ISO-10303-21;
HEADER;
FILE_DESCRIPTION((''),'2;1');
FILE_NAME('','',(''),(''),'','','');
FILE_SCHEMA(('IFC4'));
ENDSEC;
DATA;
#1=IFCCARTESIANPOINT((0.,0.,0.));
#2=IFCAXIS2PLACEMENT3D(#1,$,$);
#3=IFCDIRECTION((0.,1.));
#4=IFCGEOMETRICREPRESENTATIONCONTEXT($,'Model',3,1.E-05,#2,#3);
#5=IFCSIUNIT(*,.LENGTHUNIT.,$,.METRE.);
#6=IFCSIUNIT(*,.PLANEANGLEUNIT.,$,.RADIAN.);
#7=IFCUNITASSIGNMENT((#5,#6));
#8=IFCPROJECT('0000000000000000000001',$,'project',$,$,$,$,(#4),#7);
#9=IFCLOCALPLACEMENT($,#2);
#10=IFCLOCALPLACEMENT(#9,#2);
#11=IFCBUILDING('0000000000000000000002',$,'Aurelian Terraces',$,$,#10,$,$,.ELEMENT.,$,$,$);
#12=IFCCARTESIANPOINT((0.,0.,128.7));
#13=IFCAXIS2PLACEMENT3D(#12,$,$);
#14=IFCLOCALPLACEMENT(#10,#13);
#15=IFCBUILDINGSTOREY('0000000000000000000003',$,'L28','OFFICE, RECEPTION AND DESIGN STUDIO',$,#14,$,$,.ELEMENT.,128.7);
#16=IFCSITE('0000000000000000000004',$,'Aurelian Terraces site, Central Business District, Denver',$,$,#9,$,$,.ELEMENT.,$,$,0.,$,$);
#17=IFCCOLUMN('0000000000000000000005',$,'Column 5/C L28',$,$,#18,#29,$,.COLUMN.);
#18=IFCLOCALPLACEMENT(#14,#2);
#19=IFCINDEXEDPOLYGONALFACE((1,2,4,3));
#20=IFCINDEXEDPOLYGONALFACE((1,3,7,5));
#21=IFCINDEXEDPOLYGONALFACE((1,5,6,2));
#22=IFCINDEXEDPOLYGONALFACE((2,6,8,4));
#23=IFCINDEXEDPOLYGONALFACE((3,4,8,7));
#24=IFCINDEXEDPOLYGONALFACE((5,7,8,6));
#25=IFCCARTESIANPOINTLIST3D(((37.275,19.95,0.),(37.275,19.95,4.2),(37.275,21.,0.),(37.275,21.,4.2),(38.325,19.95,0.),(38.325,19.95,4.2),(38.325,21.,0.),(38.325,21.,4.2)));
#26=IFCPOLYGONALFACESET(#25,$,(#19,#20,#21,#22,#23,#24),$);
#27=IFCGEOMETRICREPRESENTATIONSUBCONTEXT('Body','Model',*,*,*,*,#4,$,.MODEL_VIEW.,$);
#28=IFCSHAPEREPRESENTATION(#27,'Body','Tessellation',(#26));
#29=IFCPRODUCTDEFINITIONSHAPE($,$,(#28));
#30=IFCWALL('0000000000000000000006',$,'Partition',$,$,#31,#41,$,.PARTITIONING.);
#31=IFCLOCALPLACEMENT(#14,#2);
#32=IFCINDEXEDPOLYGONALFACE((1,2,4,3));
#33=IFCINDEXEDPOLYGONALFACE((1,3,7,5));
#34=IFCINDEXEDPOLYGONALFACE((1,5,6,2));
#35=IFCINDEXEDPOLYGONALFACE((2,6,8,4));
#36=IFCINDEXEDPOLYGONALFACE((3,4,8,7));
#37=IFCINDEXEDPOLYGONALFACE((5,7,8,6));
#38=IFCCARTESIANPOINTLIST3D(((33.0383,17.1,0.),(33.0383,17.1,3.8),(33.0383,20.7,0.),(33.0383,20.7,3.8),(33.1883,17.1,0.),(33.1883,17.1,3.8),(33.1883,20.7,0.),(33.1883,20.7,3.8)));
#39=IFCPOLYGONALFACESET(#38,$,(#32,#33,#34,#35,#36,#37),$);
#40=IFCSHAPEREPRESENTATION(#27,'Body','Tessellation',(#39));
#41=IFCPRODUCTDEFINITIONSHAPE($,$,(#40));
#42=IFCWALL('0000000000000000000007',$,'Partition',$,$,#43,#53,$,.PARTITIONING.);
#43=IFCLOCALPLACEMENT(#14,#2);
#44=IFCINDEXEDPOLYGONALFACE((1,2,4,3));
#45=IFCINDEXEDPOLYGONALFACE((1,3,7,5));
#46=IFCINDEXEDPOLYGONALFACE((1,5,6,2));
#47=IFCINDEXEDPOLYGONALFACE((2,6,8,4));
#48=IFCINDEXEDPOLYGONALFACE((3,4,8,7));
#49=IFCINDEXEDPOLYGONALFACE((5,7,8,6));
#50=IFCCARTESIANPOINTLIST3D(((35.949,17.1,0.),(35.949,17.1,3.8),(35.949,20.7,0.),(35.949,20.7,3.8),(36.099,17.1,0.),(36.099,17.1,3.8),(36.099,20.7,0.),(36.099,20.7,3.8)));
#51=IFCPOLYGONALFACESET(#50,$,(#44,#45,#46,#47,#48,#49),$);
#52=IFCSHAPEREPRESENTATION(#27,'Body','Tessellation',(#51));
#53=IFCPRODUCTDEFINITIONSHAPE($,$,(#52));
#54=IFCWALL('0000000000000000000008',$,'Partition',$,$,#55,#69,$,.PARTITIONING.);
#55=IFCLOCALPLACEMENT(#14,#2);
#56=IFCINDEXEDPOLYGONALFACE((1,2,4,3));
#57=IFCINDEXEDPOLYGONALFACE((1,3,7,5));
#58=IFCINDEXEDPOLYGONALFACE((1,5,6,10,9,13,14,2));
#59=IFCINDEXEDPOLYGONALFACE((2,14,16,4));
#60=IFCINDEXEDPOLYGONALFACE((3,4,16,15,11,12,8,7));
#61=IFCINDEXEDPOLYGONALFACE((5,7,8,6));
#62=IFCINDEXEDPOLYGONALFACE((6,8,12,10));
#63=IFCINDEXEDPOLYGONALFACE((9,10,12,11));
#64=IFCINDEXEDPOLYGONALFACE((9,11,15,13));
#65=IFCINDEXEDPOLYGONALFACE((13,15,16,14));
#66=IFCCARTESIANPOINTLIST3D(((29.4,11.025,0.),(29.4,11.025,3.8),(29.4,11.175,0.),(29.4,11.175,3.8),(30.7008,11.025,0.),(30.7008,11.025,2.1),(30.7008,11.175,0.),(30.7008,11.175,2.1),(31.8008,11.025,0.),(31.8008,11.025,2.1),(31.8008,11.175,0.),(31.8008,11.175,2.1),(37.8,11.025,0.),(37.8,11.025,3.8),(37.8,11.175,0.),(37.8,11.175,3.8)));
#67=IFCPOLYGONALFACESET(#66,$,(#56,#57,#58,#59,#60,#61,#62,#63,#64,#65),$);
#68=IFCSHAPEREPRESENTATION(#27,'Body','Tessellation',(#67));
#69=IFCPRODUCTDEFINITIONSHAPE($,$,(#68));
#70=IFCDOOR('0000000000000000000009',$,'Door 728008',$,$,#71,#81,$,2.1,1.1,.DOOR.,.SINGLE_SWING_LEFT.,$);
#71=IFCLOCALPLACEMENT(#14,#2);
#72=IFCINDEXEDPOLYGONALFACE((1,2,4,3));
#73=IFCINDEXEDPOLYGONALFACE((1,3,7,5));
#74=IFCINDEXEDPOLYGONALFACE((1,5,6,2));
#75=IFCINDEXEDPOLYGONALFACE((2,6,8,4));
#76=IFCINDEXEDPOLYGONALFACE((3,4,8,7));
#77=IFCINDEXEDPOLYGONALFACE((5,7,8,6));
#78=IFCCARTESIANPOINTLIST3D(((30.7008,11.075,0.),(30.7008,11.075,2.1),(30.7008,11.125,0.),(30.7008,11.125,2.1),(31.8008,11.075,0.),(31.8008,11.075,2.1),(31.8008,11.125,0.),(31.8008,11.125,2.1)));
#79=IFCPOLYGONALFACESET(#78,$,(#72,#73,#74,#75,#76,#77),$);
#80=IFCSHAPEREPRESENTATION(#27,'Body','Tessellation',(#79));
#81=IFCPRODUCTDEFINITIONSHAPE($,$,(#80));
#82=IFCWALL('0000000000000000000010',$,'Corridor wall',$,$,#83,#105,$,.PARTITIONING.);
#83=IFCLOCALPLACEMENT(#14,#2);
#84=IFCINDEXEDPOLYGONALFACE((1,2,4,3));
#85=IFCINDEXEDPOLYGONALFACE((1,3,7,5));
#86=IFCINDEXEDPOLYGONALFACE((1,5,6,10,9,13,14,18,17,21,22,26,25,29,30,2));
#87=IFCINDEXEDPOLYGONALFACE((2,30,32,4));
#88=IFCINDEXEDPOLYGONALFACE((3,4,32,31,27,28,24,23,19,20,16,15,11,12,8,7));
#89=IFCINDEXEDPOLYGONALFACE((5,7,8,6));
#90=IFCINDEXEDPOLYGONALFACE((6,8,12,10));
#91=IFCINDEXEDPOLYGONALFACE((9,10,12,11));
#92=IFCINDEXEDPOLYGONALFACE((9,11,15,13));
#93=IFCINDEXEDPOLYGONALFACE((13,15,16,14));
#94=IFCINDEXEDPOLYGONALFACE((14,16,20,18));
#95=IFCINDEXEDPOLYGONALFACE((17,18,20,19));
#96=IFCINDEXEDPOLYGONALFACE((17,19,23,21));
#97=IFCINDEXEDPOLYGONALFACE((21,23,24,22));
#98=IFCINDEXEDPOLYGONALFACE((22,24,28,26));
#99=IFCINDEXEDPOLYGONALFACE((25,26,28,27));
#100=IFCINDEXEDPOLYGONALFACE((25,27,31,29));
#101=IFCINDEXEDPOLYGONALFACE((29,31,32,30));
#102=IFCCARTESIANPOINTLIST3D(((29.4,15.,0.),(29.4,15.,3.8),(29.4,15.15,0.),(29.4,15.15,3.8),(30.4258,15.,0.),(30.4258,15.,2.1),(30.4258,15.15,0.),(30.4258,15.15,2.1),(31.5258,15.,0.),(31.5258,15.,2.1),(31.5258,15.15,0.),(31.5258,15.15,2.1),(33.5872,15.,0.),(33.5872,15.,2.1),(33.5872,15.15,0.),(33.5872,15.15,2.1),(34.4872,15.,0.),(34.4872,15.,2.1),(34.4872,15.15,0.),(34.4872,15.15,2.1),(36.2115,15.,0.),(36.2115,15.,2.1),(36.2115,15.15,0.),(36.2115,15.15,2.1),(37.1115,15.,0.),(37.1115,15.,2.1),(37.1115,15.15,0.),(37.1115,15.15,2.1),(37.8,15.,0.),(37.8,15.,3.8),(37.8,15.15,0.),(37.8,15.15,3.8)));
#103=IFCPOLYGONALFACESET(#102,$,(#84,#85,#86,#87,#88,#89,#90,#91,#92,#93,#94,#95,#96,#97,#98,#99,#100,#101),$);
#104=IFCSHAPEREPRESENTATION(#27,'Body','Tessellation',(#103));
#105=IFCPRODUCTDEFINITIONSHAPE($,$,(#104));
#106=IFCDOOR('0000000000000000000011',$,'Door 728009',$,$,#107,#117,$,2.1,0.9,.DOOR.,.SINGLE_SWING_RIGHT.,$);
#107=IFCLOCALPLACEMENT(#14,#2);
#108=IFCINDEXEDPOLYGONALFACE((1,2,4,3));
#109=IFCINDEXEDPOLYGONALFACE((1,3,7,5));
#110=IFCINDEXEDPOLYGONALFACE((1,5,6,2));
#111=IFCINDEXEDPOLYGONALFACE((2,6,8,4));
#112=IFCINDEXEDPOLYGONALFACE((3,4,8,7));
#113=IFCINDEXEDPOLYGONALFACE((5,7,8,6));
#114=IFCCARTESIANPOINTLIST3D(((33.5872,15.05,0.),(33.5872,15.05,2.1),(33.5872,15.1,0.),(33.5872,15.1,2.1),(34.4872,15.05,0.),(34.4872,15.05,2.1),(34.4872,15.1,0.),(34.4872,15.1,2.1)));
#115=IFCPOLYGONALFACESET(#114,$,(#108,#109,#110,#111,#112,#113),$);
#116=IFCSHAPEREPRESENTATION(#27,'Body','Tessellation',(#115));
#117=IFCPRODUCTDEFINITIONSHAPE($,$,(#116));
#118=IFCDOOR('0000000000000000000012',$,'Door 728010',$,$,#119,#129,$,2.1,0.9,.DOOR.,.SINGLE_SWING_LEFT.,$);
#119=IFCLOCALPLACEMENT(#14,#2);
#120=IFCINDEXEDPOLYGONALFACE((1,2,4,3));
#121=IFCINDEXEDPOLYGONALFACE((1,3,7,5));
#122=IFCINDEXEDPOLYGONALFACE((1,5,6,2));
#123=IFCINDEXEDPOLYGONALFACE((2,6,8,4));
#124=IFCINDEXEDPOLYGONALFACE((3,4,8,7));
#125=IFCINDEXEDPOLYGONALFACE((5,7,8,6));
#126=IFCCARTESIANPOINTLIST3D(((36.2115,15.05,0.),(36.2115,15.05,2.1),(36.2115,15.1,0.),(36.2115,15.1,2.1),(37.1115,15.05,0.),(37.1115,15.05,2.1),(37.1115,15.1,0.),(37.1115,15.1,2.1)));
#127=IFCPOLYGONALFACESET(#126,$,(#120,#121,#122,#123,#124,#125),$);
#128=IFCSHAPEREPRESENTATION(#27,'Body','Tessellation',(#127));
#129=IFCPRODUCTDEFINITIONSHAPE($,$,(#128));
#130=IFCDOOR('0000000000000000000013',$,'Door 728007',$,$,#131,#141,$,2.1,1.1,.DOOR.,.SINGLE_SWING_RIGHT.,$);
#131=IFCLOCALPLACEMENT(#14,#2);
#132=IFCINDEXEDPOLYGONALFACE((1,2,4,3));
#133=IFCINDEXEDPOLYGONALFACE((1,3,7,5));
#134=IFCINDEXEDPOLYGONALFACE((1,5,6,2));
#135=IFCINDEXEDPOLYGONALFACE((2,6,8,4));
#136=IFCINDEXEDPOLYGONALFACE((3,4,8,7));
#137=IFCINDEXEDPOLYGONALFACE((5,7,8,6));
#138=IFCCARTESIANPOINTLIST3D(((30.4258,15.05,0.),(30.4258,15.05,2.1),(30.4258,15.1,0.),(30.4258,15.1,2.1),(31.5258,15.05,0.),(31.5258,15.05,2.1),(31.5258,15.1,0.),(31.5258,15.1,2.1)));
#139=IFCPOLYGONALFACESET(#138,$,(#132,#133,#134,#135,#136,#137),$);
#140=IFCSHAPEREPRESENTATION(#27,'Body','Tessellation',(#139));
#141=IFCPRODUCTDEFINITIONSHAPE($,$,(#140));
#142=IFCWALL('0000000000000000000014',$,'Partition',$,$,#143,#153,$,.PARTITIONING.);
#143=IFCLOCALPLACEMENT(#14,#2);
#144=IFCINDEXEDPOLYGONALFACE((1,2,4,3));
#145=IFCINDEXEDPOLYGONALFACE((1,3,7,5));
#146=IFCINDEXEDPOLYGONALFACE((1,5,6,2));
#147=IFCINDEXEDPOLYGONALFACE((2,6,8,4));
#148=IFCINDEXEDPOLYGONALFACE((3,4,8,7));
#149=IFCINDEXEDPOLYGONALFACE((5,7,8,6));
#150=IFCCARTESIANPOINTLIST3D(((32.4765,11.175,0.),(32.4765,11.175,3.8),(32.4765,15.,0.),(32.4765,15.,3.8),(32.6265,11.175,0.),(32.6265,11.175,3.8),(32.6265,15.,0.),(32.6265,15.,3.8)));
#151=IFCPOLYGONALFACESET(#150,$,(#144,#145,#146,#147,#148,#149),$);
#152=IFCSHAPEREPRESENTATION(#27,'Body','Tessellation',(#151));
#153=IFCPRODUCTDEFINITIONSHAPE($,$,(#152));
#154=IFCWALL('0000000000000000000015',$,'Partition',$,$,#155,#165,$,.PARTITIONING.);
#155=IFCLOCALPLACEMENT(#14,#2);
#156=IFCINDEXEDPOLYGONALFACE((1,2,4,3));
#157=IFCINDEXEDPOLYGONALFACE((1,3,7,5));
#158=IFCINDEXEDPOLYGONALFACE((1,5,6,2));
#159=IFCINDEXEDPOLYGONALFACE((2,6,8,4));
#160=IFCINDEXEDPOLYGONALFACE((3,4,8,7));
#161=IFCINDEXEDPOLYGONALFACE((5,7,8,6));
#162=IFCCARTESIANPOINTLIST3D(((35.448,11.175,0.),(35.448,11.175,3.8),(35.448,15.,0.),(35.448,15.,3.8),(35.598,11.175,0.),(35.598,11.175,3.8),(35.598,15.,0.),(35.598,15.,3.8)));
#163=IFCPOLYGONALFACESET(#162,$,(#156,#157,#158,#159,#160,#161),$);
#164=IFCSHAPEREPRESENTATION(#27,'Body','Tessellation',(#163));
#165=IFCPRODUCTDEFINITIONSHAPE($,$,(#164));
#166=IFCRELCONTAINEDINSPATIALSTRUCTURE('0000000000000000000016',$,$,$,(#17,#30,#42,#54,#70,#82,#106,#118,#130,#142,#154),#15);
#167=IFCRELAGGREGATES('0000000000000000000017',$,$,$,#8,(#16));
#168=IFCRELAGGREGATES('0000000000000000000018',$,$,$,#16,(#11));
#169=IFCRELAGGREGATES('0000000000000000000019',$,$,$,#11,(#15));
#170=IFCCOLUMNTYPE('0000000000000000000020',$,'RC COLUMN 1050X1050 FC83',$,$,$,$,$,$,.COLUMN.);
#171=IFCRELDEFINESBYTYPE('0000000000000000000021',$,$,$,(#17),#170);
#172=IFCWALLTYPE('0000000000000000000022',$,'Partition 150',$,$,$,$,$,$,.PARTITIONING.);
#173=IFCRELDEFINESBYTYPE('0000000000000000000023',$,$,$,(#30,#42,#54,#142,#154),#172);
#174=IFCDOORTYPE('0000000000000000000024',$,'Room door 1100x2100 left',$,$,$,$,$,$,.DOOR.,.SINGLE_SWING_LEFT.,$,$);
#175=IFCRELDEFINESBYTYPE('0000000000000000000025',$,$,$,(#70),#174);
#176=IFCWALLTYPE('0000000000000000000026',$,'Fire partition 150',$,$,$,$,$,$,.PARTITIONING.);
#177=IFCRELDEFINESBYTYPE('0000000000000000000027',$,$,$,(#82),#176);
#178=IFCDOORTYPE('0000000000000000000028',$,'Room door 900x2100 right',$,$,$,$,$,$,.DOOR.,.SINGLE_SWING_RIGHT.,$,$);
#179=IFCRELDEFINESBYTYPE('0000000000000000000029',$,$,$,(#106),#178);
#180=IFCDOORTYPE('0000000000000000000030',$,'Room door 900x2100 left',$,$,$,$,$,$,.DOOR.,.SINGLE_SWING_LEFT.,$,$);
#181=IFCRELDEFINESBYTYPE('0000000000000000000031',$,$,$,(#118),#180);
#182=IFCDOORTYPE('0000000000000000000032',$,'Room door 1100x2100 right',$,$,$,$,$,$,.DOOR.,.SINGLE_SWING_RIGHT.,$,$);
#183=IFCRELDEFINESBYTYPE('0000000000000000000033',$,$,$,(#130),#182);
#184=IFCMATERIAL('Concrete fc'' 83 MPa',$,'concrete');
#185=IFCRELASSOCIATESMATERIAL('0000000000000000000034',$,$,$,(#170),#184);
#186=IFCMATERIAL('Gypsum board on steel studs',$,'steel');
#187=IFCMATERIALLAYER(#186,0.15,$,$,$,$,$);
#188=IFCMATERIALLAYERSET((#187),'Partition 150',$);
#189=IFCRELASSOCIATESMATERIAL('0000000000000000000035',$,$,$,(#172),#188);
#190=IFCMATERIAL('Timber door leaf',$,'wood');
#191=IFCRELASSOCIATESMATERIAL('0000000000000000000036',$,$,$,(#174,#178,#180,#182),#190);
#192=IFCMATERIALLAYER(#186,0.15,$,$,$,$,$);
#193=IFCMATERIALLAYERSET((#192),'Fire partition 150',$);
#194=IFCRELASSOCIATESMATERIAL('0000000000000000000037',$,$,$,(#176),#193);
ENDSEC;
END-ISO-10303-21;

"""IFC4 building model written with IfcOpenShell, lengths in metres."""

from ifc_helpers import new_model, si_unit, direction, frame, frame_2d, origin, origin_2d, place, context, subcontext, project, spatial, rectangle, extrude, source, transform, mapped, material, layer, layer_set, material_profile, profile_set, type_object, element, fill, save


model = new_model("IFC4")

# Units and contexts
model_context = context("Model", 3, precision=1e-05, world=origin(), true_north=direction((0.0, 1.0)))
body_context = subcontext(model_context, "Body", "Model", "MODEL_VIEW")
ifc_project = project(units=[si_unit("LENGTHUNIT", "METRE"), si_unit("PLANEANGLEUNIT", "RADIAN")], contexts=[model_context])

# Site, building, storey
site_placement = place(None, origin())
site = spatial("IfcSite", under=ifc_project, at=site_placement, Name="Aurelian Terraces site, Central Business District, Denver", CompositionType="ELEMENT", RefElevation=0.0)
building_placement = place(site_placement, origin())
building = spatial("IfcBuilding", under=site, at=building_placement, Name="Aurelian Terraces", CompositionType="ELEMENT")
storey_placement = place(building_placement, frame((0.0, 0.0, 128.7)))
storey = spatial("IfcBuildingStorey", under=building, at=storey_placement, Name="L28", Description="OFFICE, RECEPTION AND DESIGN STUDIO", CompositionType="ELEMENT", Elevation=128.7)

# Column
ifc_material_1 = material(Name="Concrete fc' 83 MPa", Category="concrete")
ifc_material_profile = material_profile(ifc_material_1, rectangle(XDim=1.05, YDim=1.05, at=origin_2d()))
ifc_profile_set = profile_set([ifc_material_profile], Name="Concrete fc' 83 MPa")
column_type = type_object("IfcColumnType", Name="RC COLUMN 1050X1050 FC83", PredefinedType="COLUMN", material=ifc_profile_set)
shared_shape_1 = source(origin(), body_context, "Body", "SweptSolid", [
    extrude(rectangle(XDim=1.05, YDim=1.05, at=origin_2d()), origin(), (0.0, 0.0, 1.0), 4.2),
])
column_placement = place(storey_placement, frame((37.8, 20.475, 0.0), z_axis=(0.0, 0.0, 1.0), x_axis=(1.0, 0.0, 0.0)))
element("IfcColumn", 1, at=column_placement, inside=storey, type_object=column_type, Name="Column 5/C L28", PredefinedType="COLUMN", context=body_context, shape_type="MappedRepresentation", body=[
    mapped(shared_shape_1, transform((0.0, 0.0, 0.0), scale=1.0)),
])

# Walls
ifc_material_2 = material(Name="Gypsum board on steel studs", Category="steel")
ifc_layer_1 = layer(ifc_material_2, 0.15)
ifc_layer_set_1 = layer_set([ifc_layer_1], Name="Partition 150")
wall_type_1 = type_object("IfcWallType", Name="Partition 150", PredefinedType="PARTITIONING", material=ifc_layer_set_1)
shared_shape_2 = source(origin(), body_context, "Body", "SweptSolid", [
    extrude(rectangle(XDim=3.6, YDim=0.15, at=frame_2d((1.8, 0.0))), origin(), (0.0, 0.0, 1.0), 3.8),
])
for number, where, z_axis, x_axis, name in (
    (2, (33.1133, 20.7, 0.0), (0.0, 0.0, 1.0), (0.0, -1.0, 0.0), "Partition"),
    (3, (36.024, 20.7, 0.0), (0.0, 0.0, 1.0), (0.0, -1.0, 0.0), "Partition"),
):
    element("IfcWall", number, at=place(storey_placement, frame(where, z_axis=z_axis, x_axis=x_axis)), inside=storey, type_object=wall_type_1, Name=name, PredefinedType="PARTITIONING", context=body_context, shape_type="MappedRepresentation", body=[
        mapped(shared_shape_2, transform((0.0, 0.0, 0.0), scale=1.0)),
    ])

# Wall, opening, door
shared_shape_3 = source(origin(), body_context, "Body", "SweptSolid", [
    extrude(rectangle(XDim=8.4, YDim=0.15, at=frame_2d((4.2, 0.0))), origin(), (0.0, 0.0, 1.0), 3.8),
])
wall_1_placement = place(storey_placement, frame((37.8, 11.1, 0.0), z_axis=(0.0, 0.0, 1.0), x_axis=(-1.0, 0.0, 0.0)))
wall_1 = element("IfcWall", 4, at=wall_1_placement, inside=storey, type_object=wall_type_1, Name="Partition", PredefinedType="PARTITIONING", context=body_context, shape_type="MappedRepresentation", body=[
    mapped(shared_shape_3, transform((0.0, 0.0, 0.0), scale=1.0)),
])
shared_shape_4 = source(origin(), body_context, "Body", "SweptSolid", [
    extrude(rectangle(XDim=1.1, YDim=2.1, at=frame_2d((0.55, 1.05))), frame((0.0, 0.085, 0.0), z_axis=(0.0, -1.0, 0.0), x_axis=(1.0, 0.0, 0.0)), (0.0, 0.0, 1.0), 0.17),
])
opening_1_placement = place(wall_1_placement, frame((5.9992, 0.0, 0.0)))
opening_1 = element("IfcOpeningElement", 5, at=opening_1_placement, cuts=wall_1, PredefinedType="OPENING", context=body_context, shape_type="MappedRepresentation", body=[
    mapped(shared_shape_4, transform((0.0, 0.0, 0.0), scale=1.0)),
])
ifc_material_3 = material(Name="Timber door leaf", Category="wood")
door_type_1 = type_object("IfcDoorType", Name="Room door 1100x2100 left", OperationType="SINGLE_SWING_LEFT", PredefinedType="DOOR", material=ifc_material_3)
shared_shape_5 = source(origin(), body_context, "Body", "SweptSolid", [
    extrude(rectangle(XDim=1.1, YDim=2.1, at=frame_2d((0.55, 1.05))), frame((0.0, 0.025, 0.0), z_axis=(0.0, -1.0, 0.0), x_axis=(1.0, 0.0, 0.0)), (0.0, 0.0, 1.0), 0.05),
])
door_1_placement = place(opening_1_placement, origin())
door_1 = element("IfcDoor", 6, at=door_1_placement, inside=storey, type_object=door_type_1, Name="Door 728008", OperationType="SINGLE_SWING_LEFT", OverallHeight=2.1, OverallWidth=1.1, PredefinedType="DOOR", context=body_context, shape_type="MappedRepresentation", body=[
    mapped(shared_shape_5, transform((0.0, 0.0, 0.0), scale=1.0)),
])
fill(opening_1, door_1)

# Wall, openings, doors
ifc_layer_2 = layer(ifc_material_2, 0.15)
ifc_layer_set_2 = layer_set([ifc_layer_2], Name="Fire partition 150")
wall_type_2 = type_object("IfcWallType", Name="Fire partition 150", PredefinedType="PARTITIONING", material=ifc_layer_set_2)
wall_2_placement = place(storey_placement, frame((37.8, 15.075, 0.0), z_axis=(0.0, 0.0, 1.0), x_axis=(-1.0, 0.0, 0.0)))
wall_2 = element("IfcWall", 7, at=wall_2_placement, inside=storey, type_object=wall_type_2, Name="Corridor wall", PredefinedType="PARTITIONING", context=body_context, shape_type="MappedRepresentation", body=[
    mapped(shared_shape_3, transform((0.0, 0.0, 0.0), scale=1.0)),
])
opening_2_placement = place(wall_2_placement, frame((6.2742, 0.0, 0.0)))
opening_2 = element("IfcOpeningElement", 8, at=opening_2_placement, cuts=wall_2, PredefinedType="OPENING", context=body_context, shape_type="MappedRepresentation", body=[
    mapped(shared_shape_4, transform((0.0, 0.0, 0.0), scale=1.0)),
])
shared_shape_6 = source(origin(), body_context, "Body", "SweptSolid", [
    extrude(rectangle(XDim=0.9, YDim=2.1, at=frame_2d((0.45, 1.05))), frame((0.0, 0.085, 0.0), z_axis=(0.0, -1.0, 0.0), x_axis=(1.0, 0.0, 0.0)), (0.0, 0.0, 1.0), 0.17),
])
opening_3_placement = place(wall_2_placement, frame((3.3128, 0.0, 0.0)))
opening_3 = element("IfcOpeningElement", 9, at=opening_3_placement, cuts=wall_2, PredefinedType="OPENING", context=body_context, shape_type="MappedRepresentation", body=[
    mapped(shared_shape_6, transform((0.0, 0.0, 0.0), scale=1.0)),
])
opening_4_placement = place(wall_2_placement, frame((0.6885, 0.0, 0.0)))
opening_4 = element("IfcOpeningElement", 10, at=opening_4_placement, cuts=wall_2, PredefinedType="OPENING", context=body_context, shape_type="MappedRepresentation", body=[
    mapped(shared_shape_6, transform((0.0, 0.0, 0.0), scale=1.0)),
])
door_type_2 = type_object("IfcDoorType", Name="Room door 900x2100 right", OperationType="SINGLE_SWING_RIGHT", PredefinedType="DOOR", material=ifc_material_3)
shared_shape_7 = source(origin(), body_context, "Body", "SweptSolid", [
    extrude(rectangle(XDim=0.9, YDim=2.1, at=frame_2d((0.45, 1.05))), frame((0.0, 0.025, 0.0), z_axis=(0.0, -1.0, 0.0), x_axis=(1.0, 0.0, 0.0)), (0.0, 0.0, 1.0), 0.05),
])
door_2_placement = place(opening_3_placement, origin())
door_2 = element("IfcDoor", 11, at=door_2_placement, inside=storey, type_object=door_type_2, Name="Door 728009", OperationType="SINGLE_SWING_RIGHT", OverallHeight=2.1, OverallWidth=0.9, PredefinedType="DOOR", context=body_context, shape_type="MappedRepresentation", body=[
    mapped(shared_shape_7, transform((0.0, 0.0, 0.0), scale=1.0)),
])
fill(opening_3, door_2)
door_type_3 = type_object("IfcDoorType", Name="Room door 900x2100 left", OperationType="SINGLE_SWING_LEFT", PredefinedType="DOOR", material=ifc_material_3)
door_3_placement = place(opening_4_placement, origin())
door_3 = element("IfcDoor", 12, at=door_3_placement, inside=storey, type_object=door_type_3, Name="Door 728010", OperationType="SINGLE_SWING_LEFT", OverallHeight=2.1, OverallWidth=0.9, PredefinedType="DOOR", context=body_context, shape_type="MappedRepresentation", body=[
    mapped(shared_shape_7, transform((0.0, 0.0, 0.0), scale=1.0)),
])
fill(opening_4, door_3)
door_type_4 = type_object("IfcDoorType", Name="Room door 1100x2100 right", OperationType="SINGLE_SWING_RIGHT", PredefinedType="DOOR", material=ifc_material_3)
door_4_placement = place(opening_2_placement, origin())
door_4 = element("IfcDoor", 13, at=door_4_placement, inside=storey, type_object=door_type_4, Name="Door 728007", OperationType="SINGLE_SWING_RIGHT", OverallHeight=2.1, OverallWidth=1.1, PredefinedType="DOOR", context=body_context, shape_type="MappedRepresentation", body=[
    mapped(shared_shape_5, transform((0.0, 0.0, 0.0), scale=1.0)),
])
fill(opening_2, door_4)

# Walls
shared_shape_8 = source(origin(), body_context, "Body", "SweptSolid", [
    extrude(rectangle(XDim=3.825, YDim=0.15, at=frame_2d((1.9125, 0.0))), origin(), (0.0, 0.0, 1.0), 3.8),
])
for number, where, z_axis, x_axis, name in (
    (14, (32.5515, 11.175, 0.0), (0.0, 0.0, 1.0), (0.0, 1.0, 0.0), "Partition"),
    (15, (35.523, 11.175, 0.0), (0.0, 0.0, 1.0), (0.0, 1.0, 0.0), "Partition"),
):
    element("IfcWall", number, at=place(storey_placement, frame(where, z_axis=z_axis, x_axis=x_axis)), inside=storey, type_object=wall_type_1, Name=name, PredefinedType="PARTITIONING", context=body_context, shape_type="MappedRepresentation", body=[
        mapped(shared_shape_8, transform((0.0, 0.0, 0.0), scale=1.0)),
    ])

save(model, "model.ifc")
